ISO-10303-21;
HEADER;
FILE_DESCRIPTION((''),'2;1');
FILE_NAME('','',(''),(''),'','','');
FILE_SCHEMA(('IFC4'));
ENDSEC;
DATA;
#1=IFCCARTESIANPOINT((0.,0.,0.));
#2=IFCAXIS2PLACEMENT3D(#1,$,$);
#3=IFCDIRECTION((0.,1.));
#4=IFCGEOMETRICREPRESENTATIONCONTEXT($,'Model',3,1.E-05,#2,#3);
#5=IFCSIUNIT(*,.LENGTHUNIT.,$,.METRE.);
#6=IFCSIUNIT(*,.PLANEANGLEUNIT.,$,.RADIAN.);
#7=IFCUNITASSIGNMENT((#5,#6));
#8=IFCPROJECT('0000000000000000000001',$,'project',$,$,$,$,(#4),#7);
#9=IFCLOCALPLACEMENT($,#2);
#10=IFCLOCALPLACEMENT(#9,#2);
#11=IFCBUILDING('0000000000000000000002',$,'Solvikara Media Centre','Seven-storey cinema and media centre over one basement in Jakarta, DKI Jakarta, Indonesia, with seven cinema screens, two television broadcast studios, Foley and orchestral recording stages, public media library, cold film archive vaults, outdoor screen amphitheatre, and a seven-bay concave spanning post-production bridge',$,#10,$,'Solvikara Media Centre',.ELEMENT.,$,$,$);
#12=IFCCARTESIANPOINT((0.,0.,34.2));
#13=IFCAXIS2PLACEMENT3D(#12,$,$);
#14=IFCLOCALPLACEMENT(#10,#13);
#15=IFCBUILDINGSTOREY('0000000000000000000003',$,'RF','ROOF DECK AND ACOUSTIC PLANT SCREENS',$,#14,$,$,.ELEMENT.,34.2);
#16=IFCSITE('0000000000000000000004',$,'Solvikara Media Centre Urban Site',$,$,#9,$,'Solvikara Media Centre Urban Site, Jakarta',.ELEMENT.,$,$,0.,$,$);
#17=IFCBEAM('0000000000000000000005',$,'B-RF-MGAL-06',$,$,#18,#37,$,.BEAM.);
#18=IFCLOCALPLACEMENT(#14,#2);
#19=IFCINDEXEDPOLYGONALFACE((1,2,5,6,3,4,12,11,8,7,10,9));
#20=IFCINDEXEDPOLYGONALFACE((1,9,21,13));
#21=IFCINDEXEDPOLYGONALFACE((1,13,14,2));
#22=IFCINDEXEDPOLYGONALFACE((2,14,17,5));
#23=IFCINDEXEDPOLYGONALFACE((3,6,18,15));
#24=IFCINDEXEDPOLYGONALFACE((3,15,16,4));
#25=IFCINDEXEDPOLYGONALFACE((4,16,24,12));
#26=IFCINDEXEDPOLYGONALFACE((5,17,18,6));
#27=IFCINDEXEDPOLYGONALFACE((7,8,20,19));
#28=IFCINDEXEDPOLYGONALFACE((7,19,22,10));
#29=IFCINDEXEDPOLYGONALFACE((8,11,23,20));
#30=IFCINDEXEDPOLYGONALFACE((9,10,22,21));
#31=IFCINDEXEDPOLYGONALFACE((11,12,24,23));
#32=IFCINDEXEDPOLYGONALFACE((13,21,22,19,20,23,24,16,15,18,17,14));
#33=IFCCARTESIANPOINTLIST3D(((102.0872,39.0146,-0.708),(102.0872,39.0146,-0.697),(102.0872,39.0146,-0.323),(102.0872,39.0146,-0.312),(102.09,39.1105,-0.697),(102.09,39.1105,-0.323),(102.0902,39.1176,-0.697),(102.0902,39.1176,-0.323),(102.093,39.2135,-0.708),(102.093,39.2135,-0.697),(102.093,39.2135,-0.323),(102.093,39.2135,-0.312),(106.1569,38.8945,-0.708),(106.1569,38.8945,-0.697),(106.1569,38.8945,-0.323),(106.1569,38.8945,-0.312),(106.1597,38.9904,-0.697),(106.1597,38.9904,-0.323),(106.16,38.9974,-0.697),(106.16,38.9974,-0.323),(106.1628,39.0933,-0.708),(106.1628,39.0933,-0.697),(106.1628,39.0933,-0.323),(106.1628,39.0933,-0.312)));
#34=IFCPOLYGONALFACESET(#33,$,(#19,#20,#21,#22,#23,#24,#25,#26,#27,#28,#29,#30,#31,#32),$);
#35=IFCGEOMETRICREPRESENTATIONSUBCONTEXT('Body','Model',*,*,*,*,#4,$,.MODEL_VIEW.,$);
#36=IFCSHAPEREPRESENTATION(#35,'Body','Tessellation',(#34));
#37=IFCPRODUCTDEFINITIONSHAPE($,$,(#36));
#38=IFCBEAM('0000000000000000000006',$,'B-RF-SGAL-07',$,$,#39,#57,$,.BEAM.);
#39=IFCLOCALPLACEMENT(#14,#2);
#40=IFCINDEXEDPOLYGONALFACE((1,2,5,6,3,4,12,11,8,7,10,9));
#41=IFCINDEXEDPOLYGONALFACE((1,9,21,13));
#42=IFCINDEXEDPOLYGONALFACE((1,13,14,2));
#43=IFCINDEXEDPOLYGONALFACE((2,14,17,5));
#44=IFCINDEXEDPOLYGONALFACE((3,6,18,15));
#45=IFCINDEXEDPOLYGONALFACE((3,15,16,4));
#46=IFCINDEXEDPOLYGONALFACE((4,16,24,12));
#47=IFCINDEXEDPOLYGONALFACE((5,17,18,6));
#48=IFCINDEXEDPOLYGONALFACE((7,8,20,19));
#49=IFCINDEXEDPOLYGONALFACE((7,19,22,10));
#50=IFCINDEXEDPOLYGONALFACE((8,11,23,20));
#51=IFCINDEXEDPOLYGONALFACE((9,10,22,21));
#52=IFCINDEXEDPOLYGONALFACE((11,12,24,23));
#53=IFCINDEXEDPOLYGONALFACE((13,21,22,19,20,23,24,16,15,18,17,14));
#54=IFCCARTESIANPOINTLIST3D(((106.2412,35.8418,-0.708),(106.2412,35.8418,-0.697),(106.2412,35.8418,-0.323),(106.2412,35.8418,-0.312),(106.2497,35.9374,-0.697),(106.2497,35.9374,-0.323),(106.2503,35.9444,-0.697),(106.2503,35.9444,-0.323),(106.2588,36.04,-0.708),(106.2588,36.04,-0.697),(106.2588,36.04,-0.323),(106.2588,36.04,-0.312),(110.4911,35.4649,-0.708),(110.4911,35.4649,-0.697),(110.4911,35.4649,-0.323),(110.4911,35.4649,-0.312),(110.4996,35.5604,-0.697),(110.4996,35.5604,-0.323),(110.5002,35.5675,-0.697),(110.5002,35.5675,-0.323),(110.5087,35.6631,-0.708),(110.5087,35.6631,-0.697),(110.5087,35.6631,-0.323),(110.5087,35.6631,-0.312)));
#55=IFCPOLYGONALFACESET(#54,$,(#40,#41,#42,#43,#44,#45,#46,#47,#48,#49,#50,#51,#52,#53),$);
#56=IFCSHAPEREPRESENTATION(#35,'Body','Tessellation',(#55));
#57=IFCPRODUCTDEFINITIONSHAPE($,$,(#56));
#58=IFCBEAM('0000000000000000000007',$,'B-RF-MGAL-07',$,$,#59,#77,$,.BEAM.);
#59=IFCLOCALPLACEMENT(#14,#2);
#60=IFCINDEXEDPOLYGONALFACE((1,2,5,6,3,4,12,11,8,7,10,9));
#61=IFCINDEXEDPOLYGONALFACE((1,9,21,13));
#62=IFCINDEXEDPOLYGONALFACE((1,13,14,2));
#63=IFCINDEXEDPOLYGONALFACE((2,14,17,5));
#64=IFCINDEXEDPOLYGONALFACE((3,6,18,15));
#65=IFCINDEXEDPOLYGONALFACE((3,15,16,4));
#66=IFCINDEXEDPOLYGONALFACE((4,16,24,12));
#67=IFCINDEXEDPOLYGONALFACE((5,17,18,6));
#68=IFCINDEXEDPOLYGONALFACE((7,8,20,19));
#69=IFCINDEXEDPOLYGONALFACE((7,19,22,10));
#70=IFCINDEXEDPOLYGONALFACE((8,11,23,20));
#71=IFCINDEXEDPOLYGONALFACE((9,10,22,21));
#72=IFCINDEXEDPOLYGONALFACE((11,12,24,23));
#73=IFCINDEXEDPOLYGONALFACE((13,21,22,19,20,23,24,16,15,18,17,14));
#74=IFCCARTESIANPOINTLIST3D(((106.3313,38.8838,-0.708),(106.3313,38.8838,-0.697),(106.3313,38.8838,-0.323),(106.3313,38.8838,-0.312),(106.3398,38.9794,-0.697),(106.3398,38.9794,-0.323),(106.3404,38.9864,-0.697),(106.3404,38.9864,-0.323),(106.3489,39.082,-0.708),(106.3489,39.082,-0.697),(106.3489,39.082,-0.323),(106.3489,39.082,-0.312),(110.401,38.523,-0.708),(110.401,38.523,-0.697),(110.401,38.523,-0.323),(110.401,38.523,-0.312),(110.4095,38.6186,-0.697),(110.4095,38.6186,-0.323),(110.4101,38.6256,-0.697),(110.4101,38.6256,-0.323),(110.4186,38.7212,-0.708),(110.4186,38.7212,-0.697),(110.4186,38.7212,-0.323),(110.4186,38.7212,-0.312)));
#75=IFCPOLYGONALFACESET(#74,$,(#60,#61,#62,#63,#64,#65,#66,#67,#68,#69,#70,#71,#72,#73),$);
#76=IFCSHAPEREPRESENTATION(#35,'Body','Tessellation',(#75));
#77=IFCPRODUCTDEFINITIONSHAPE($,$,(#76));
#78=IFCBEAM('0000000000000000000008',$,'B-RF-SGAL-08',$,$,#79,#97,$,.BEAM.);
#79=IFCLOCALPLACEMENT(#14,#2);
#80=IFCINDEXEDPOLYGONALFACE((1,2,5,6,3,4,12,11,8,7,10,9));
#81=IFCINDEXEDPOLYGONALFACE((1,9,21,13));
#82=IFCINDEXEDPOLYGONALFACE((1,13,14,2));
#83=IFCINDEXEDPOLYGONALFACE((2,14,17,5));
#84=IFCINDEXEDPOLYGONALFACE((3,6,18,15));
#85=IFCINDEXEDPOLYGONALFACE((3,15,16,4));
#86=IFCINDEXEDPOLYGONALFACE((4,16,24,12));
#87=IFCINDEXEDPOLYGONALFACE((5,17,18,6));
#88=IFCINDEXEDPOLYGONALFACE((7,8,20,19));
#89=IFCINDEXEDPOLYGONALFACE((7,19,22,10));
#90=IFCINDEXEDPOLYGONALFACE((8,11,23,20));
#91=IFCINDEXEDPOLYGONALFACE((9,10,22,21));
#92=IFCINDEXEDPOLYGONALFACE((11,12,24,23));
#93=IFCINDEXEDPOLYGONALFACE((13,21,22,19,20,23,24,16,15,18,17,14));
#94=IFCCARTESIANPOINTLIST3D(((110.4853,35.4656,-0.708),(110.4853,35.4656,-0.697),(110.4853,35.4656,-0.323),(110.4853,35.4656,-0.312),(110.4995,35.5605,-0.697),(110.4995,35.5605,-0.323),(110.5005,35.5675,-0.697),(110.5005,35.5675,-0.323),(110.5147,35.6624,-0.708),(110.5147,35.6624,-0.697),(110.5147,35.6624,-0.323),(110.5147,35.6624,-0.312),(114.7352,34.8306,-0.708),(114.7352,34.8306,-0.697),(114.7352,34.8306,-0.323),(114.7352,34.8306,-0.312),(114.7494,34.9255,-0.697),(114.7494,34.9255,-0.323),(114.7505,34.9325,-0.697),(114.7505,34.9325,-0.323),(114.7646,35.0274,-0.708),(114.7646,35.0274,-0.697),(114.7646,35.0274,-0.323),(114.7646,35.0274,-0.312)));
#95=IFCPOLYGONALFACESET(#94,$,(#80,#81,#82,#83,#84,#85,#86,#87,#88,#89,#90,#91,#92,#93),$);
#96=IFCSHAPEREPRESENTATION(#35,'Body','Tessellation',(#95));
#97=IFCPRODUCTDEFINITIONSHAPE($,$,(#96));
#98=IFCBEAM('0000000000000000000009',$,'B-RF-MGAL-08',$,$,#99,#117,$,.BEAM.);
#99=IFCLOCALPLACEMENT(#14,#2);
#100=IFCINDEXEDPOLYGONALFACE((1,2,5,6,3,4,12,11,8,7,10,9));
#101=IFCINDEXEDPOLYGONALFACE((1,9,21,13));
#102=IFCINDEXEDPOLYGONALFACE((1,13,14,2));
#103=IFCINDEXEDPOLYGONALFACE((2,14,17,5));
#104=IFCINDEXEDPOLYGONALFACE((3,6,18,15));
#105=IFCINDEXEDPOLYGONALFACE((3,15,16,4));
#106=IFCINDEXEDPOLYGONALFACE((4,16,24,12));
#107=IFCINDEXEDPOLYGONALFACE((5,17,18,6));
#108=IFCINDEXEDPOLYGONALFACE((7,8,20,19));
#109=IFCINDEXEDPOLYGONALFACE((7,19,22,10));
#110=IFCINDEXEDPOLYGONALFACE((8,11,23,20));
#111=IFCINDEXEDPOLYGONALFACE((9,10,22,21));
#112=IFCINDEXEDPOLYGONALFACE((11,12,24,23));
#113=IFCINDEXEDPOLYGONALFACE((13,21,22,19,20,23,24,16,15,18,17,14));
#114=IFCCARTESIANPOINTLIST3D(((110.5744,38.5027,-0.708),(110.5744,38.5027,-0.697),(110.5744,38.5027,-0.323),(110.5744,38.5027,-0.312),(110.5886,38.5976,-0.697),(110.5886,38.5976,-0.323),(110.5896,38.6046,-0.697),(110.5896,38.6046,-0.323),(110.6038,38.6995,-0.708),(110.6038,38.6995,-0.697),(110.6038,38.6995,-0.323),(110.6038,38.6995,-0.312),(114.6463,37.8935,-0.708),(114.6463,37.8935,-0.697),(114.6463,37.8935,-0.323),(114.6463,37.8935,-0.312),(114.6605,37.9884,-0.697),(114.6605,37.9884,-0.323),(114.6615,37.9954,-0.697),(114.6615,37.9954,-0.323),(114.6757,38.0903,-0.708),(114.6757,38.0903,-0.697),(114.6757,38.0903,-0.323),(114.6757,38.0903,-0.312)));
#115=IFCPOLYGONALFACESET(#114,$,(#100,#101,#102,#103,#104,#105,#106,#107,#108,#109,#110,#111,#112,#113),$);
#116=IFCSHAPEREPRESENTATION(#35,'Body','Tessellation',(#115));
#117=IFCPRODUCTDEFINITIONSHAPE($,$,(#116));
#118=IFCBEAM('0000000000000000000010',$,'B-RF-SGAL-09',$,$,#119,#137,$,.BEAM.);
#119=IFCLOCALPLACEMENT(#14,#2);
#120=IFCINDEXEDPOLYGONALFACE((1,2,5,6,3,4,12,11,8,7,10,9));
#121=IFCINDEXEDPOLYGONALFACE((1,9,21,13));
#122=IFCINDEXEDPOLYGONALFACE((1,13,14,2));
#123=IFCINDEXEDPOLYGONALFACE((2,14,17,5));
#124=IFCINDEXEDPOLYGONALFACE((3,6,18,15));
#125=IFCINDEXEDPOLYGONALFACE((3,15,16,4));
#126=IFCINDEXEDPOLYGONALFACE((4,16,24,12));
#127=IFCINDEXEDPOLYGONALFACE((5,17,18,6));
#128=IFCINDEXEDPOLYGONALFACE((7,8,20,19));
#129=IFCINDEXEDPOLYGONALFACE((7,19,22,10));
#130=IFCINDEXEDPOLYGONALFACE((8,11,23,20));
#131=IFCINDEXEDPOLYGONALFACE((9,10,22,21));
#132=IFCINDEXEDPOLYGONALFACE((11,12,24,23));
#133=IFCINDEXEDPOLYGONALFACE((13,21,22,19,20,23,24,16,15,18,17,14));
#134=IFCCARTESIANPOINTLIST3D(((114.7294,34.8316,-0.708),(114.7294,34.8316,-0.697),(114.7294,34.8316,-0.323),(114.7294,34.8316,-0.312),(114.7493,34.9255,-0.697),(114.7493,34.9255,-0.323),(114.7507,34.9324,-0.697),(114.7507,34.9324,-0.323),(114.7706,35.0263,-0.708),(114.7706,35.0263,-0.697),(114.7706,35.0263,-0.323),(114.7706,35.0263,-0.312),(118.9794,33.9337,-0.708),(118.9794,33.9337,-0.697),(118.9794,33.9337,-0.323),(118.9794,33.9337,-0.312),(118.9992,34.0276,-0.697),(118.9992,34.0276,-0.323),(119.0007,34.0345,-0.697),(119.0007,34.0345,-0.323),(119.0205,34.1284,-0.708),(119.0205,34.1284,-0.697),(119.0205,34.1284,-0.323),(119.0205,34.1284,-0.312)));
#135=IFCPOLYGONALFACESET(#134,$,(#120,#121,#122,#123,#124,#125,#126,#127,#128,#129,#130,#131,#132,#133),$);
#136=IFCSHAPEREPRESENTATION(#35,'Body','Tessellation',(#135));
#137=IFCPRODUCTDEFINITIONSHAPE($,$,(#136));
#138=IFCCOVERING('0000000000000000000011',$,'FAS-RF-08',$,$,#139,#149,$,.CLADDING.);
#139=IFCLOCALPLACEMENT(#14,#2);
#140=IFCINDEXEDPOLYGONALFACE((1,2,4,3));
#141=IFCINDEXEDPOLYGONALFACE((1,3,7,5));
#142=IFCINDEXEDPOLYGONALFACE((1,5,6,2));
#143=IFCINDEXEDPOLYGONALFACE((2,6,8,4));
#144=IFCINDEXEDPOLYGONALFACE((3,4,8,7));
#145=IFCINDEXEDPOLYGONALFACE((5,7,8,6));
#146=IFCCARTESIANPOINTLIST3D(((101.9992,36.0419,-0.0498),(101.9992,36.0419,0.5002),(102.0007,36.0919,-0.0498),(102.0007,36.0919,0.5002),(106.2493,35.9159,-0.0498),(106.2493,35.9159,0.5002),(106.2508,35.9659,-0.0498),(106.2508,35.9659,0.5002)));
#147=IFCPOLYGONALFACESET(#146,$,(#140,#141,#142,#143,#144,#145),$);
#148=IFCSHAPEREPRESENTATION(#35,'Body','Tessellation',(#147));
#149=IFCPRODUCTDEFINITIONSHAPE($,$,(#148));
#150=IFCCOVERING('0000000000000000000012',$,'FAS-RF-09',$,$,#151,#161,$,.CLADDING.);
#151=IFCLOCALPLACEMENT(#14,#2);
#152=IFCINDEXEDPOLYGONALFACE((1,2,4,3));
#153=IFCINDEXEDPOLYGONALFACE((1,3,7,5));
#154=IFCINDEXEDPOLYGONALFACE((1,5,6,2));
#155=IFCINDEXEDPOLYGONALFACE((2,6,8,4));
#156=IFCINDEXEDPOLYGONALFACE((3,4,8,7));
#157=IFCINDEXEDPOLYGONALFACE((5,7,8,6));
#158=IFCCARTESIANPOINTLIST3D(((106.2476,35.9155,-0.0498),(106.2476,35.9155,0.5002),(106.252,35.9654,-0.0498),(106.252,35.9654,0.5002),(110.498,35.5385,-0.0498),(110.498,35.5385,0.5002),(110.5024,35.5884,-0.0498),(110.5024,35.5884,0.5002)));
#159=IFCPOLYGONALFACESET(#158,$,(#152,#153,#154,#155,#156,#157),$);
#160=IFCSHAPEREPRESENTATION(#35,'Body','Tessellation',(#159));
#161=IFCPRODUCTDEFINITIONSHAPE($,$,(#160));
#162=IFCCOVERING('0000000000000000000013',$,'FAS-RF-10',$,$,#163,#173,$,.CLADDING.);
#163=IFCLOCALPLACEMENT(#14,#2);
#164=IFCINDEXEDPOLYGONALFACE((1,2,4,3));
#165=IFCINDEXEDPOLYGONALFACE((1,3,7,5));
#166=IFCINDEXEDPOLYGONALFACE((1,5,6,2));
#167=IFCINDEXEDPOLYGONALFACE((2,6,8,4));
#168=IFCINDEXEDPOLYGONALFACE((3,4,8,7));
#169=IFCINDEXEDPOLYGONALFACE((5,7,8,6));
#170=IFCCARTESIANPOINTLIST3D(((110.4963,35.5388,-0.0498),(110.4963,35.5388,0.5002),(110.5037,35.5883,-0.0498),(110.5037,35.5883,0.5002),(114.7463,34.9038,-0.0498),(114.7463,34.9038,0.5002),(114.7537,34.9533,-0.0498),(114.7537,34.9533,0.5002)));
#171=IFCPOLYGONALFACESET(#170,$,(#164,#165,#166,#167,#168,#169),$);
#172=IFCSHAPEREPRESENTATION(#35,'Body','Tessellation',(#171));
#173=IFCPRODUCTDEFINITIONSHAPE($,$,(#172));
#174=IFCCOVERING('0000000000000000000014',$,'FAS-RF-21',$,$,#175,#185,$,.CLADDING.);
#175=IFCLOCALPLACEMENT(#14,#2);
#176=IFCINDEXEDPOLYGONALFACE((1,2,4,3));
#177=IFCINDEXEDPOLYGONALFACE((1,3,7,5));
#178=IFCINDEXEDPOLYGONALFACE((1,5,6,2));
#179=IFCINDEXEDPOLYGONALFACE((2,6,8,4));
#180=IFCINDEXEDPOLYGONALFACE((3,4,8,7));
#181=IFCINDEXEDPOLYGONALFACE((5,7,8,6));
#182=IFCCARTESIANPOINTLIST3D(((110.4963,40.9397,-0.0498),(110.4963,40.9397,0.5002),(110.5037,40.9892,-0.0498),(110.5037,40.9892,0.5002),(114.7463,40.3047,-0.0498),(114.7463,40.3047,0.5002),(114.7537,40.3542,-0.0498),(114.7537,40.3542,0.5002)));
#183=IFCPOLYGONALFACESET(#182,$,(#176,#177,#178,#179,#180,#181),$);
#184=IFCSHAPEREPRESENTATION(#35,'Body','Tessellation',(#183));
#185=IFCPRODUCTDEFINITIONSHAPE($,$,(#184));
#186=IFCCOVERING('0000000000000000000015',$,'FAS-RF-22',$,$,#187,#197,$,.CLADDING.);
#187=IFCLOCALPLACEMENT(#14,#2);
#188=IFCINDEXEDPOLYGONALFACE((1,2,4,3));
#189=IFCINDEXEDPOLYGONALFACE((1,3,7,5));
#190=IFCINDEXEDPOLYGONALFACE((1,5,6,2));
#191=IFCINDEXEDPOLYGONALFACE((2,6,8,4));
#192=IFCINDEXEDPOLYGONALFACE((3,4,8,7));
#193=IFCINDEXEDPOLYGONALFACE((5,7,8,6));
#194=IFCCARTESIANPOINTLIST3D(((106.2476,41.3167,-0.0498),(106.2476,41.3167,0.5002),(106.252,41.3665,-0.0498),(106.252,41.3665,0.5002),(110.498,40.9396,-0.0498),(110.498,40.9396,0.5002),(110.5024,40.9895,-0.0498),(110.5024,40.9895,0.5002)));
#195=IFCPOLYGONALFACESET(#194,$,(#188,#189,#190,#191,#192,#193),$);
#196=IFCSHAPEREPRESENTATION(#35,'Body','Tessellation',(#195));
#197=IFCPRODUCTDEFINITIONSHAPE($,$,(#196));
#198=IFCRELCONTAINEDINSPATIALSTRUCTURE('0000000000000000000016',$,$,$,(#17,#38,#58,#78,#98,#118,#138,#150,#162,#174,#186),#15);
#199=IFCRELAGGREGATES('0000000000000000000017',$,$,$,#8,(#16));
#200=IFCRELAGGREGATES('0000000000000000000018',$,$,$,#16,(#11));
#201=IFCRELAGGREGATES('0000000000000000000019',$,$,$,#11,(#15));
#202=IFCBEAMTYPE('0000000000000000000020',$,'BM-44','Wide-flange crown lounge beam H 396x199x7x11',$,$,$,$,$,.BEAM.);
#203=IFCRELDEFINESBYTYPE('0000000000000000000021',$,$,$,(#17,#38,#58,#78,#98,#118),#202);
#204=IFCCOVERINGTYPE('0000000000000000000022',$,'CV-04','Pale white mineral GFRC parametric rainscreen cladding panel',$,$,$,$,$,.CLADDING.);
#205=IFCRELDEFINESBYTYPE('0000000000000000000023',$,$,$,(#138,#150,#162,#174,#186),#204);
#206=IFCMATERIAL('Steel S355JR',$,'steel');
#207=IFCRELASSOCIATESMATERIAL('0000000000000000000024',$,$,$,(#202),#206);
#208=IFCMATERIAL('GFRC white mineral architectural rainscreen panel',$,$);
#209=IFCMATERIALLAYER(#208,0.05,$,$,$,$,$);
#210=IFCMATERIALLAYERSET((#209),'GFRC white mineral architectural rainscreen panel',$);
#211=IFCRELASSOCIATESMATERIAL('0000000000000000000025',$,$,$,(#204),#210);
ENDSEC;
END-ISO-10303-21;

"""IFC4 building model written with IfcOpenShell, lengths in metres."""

from ifc_helpers import new_model, si_unit, direction, frame, origin, origin_2d, place, context, subcontext, project, spatial, rectangle, i_section, extrude, material, layer, layer_set, material_profile, profile_set, type_object, element, save


model = new_model("IFC4")

# Units and contexts
model_context = context("Model", 3, precision=1e-05, world=origin(), true_north=direction((0.0, 1.0)))
body_context = subcontext(model_context, "Body", "Model", "MODEL_VIEW")
ifc_project = project(units=[si_unit("LENGTHUNIT", "METRE"), si_unit("PLANEANGLEUNIT", "RADIAN")], contexts=[model_context])

# Site, building, storey
site_placement = place(None, origin())
site = spatial("IfcSite", under=ifc_project, at=site_placement, Name="Solvikara Media Centre Urban Site", LongName="Solvikara Media Centre Urban Site, Jakarta", CompositionType="ELEMENT", RefElevation=0.0)
building_placement = place(site_placement, origin())
building = spatial("IfcBuilding", under=site, at=building_placement, Name="Solvikara Media Centre", Description="Seven-storey cinema and media centre over one basement in Jakarta, DKI Jakarta, Indonesia, with seven cinema screens, two television broadcast studios, Foley and orchestral recording stages, public media library, cold film archive vaults, outdoor screen amphitheatre, and a seven-bay concave spanning post-production bridge", LongName="Solvikara Media Centre", CompositionType="ELEMENT")
storey_placement = place(building_placement, frame((0.0, 0.0, 34.2)))
storey = spatial("IfcBuildingStorey", under=building, at=storey_placement, Name="RF", Description="ROOF DECK AND ACOUSTIC PLANT SCREENS", CompositionType="ELEMENT", Elevation=34.2)

# Beams
ifc_material_1 = material(Name="Steel S355JR", Category="steel")
ifc_material_profile_1 = material_profile(ifc_material_1, i_section(OverallWidth=0.199, OverallDepth=0.396, WebThickness=0.0071, FlangeThickness=0.011, at=origin_2d()), Name="H 396x199x7x11")
ifc_profile_set_1 = profile_set([ifc_material_profile_1], Name="Steel S355JR")
beam_type_1 = type_object("IfcBeamType", Name="BM-44", Description="Wide-flange crown lounge beam H 396x199x7x11", PredefinedType="BEAM", material=ifc_profile_set_1)
beam_1_placement = place(storey_placement, frame((102.0901, 39.114, -0.51), z_axis=(0.999565, -0.029501, 0.0), x_axis=(0.029501, 0.999565, 0.0)))
element("IfcBeam", 1, at=beam_1_placement, inside=storey, type_object=beam_type_1, Name="B-RF-MGAL-06", PredefinedType="BEAM", context=body_context, shape_type="SweptSolid", body=[
    extrude(i_section(OverallWidth=0.199, OverallDepth=0.396, WebThickness=0.0071, FlangeThickness=0.011, at=origin_2d()), origin(), (0.0, 0.0, 1.0), 4.0715),
])
beam_2_placement = place(storey_placement, frame((106.25, 35.9409, -0.51), z_axis=(0.99609, -0.088348, 0.0), x_axis=(0.088348, 0.99609, 0.0)))
element("IfcBeam", 2, at=beam_2_placement, inside=storey, type_object=beam_type_1, Name="B-RF-SGAL-07", PredefinedType="BEAM", context=body_context, shape_type="SweptSolid", body=[
    extrude(i_section(OverallWidth=0.199, OverallDepth=0.396, WebThickness=0.0071, FlangeThickness=0.011, at=origin_2d()), origin(), (0.0, 0.0, 1.0), 4.2666),
])
beam_3_placement = place(storey_placement, frame((106.3401, 38.9829, -0.51), z_axis=(0.996093, -0.088316, 0.0), x_axis=(0.088316, 0.996093, 0.0)))
element("IfcBeam", 3, at=beam_3_placement, inside=storey, type_object=beam_type_1, Name="B-RF-MGAL-07", PredefinedType="BEAM", context=body_context, shape_type="SweptSolid", body=[
    extrude(i_section(OverallWidth=0.199, OverallDepth=0.396, WebThickness=0.0071, FlangeThickness=0.011, at=origin_2d()), origin(), (0.0, 0.0, 1.0), 4.0857),
])
beam_4_placement = place(storey_placement, frame((110.5, 35.564, -0.51), z_axis=(0.989021, -0.147774, 0.0), x_axis=(0.147774, 0.989021, 0.0)))
element("IfcBeam", 4, at=beam_4_placement, inside=storey, type_object=beam_type_1, Name="B-RF-SGAL-08", PredefinedType="BEAM", context=body_context, shape_type="SweptSolid", body=[
    extrude(i_section(OverallWidth=0.199, OverallDepth=0.396, WebThickness=0.0071, FlangeThickness=0.011, at=origin_2d()), origin(), (0.0, 0.0, 1.0), 4.2971),
])
beam_5_placement = place(storey_placement, frame((110.5891, 38.6011, -0.51), z_axis=(0.988995, -0.147952, 0.0), x_axis=(0.147952, 0.988995, 0.0)))
element("IfcBeam", 5, at=beam_5_placement, inside=storey, type_object=beam_type_1, Name="B-RF-MGAL-08", PredefinedType="BEAM", context=body_context, shape_type="SweptSolid", body=[
    extrude(i_section(OverallWidth=0.199, OverallDepth=0.396, WebThickness=0.0071, FlangeThickness=0.011, at=origin_2d()), origin(), (0.0, 0.0, 1.0), 4.1172),
])
beam_6_placement = place(storey_placement, frame((114.75, 34.929, -0.51), z_axis=(0.9784, -0.206719, 0.0), x_axis=(0.206719, 0.9784, 0.0)))
element("IfcBeam", 6, at=beam_6_placement, inside=storey, type_object=beam_type_1, Name="B-RF-SGAL-09", PredefinedType="BEAM", context=body_context, shape_type="SweptSolid", body=[
    extrude(i_section(OverallWidth=0.199, OverallDepth=0.396, WebThickness=0.0071, FlangeThickness=0.011, at=origin_2d()), origin(), (0.0, 0.0, 1.0), 4.3438),
])

# Coverings
ifc_material_2 = material(Name="GFRC white mineral architectural rainscreen panel")
ifc_layer = layer(ifc_material_2, 0.05)
ifc_layer_set = layer_set([ifc_layer], Name="GFRC white mineral architectural rainscreen panel")
covering_type = type_object("IfcCoveringType", Name="CV-04", Description="Pale white mineral GFRC parametric rainscreen cladding panel", PredefinedType="CLADDING", material=ifc_layer_set)
covering_1_placement = place(storey_placement, frame((104.125, 36.0039, -0.0498), z_axis=(0.0, 0.0, 1.0), x_axis=(0.999561, -0.029631, 0.0)))
element("IfcCovering", 7, at=covering_1_placement, inside=storey, type_object=covering_type, Name="FAS-RF-08", PredefinedType="CLADDING", context=body_context, shape_type="SweptSolid", body=[
    extrude(rectangle(XDim=4.252, YDim=0.05, at=origin_2d()), origin(), (0.0, 0.0, 1.0), 0.55),
])
covering_2_placement = place(storey_placement, frame((108.375, 35.752, -0.0498), z_axis=(0.0, 0.0, 1.0), x_axis=(0.996089, -0.088355, 0.0)))
element("IfcCovering", 8, at=covering_2_placement, inside=storey, type_object=covering_type, Name="FAS-RF-09", PredefinedType="CLADDING", context=body_context, shape_type="SweptSolid", body=[
    extrude(rectangle(XDim=4.2671, YDim=0.05, at=origin_2d()), origin(), (0.0, 0.0, 1.0), 0.55),
])
for number, where, z_axis, x_axis, name in (
    (9, (112.625, 35.2461, -0.0498), (0.0, 0.0, 1.0), (0.989021, -0.147775, 0.0), "FAS-RF-10"),
    (10, (112.625, 40.647, -0.0498), (0.0, 0.0, 1.0), (-0.989021, 0.147775, 0.0), "FAS-RF-21"),
):
    element("IfcCovering", number, at=place(storey_placement, frame(where, z_axis=z_axis, x_axis=x_axis)), inside=storey, type_object=covering_type, Name=name, PredefinedType="CLADDING", context=body_context, shape_type="SweptSolid", body=[
        extrude(rectangle(XDim=4.2971, YDim=0.05, at=origin_2d()), origin(), (0.0, 0.0, 1.0), 0.55),
    ])
covering_3_placement = place(storey_placement, frame((108.375, 41.1531, -0.0498), z_axis=(0.0, 0.0, 1.0), x_axis=(-0.996089, 0.088355, 0.0)))
element("IfcCovering", 11, at=covering_3_placement, inside=storey, type_object=covering_type, Name="FAS-RF-22", PredefinedType="CLADDING", context=body_context, shape_type="SweptSolid", body=[
    extrude(rectangle(XDim=4.2671, YDim=0.05, at=origin_2d()), origin(), (0.0, 0.0, 1.0), 0.55),
])

save(model, "model.ifc")
